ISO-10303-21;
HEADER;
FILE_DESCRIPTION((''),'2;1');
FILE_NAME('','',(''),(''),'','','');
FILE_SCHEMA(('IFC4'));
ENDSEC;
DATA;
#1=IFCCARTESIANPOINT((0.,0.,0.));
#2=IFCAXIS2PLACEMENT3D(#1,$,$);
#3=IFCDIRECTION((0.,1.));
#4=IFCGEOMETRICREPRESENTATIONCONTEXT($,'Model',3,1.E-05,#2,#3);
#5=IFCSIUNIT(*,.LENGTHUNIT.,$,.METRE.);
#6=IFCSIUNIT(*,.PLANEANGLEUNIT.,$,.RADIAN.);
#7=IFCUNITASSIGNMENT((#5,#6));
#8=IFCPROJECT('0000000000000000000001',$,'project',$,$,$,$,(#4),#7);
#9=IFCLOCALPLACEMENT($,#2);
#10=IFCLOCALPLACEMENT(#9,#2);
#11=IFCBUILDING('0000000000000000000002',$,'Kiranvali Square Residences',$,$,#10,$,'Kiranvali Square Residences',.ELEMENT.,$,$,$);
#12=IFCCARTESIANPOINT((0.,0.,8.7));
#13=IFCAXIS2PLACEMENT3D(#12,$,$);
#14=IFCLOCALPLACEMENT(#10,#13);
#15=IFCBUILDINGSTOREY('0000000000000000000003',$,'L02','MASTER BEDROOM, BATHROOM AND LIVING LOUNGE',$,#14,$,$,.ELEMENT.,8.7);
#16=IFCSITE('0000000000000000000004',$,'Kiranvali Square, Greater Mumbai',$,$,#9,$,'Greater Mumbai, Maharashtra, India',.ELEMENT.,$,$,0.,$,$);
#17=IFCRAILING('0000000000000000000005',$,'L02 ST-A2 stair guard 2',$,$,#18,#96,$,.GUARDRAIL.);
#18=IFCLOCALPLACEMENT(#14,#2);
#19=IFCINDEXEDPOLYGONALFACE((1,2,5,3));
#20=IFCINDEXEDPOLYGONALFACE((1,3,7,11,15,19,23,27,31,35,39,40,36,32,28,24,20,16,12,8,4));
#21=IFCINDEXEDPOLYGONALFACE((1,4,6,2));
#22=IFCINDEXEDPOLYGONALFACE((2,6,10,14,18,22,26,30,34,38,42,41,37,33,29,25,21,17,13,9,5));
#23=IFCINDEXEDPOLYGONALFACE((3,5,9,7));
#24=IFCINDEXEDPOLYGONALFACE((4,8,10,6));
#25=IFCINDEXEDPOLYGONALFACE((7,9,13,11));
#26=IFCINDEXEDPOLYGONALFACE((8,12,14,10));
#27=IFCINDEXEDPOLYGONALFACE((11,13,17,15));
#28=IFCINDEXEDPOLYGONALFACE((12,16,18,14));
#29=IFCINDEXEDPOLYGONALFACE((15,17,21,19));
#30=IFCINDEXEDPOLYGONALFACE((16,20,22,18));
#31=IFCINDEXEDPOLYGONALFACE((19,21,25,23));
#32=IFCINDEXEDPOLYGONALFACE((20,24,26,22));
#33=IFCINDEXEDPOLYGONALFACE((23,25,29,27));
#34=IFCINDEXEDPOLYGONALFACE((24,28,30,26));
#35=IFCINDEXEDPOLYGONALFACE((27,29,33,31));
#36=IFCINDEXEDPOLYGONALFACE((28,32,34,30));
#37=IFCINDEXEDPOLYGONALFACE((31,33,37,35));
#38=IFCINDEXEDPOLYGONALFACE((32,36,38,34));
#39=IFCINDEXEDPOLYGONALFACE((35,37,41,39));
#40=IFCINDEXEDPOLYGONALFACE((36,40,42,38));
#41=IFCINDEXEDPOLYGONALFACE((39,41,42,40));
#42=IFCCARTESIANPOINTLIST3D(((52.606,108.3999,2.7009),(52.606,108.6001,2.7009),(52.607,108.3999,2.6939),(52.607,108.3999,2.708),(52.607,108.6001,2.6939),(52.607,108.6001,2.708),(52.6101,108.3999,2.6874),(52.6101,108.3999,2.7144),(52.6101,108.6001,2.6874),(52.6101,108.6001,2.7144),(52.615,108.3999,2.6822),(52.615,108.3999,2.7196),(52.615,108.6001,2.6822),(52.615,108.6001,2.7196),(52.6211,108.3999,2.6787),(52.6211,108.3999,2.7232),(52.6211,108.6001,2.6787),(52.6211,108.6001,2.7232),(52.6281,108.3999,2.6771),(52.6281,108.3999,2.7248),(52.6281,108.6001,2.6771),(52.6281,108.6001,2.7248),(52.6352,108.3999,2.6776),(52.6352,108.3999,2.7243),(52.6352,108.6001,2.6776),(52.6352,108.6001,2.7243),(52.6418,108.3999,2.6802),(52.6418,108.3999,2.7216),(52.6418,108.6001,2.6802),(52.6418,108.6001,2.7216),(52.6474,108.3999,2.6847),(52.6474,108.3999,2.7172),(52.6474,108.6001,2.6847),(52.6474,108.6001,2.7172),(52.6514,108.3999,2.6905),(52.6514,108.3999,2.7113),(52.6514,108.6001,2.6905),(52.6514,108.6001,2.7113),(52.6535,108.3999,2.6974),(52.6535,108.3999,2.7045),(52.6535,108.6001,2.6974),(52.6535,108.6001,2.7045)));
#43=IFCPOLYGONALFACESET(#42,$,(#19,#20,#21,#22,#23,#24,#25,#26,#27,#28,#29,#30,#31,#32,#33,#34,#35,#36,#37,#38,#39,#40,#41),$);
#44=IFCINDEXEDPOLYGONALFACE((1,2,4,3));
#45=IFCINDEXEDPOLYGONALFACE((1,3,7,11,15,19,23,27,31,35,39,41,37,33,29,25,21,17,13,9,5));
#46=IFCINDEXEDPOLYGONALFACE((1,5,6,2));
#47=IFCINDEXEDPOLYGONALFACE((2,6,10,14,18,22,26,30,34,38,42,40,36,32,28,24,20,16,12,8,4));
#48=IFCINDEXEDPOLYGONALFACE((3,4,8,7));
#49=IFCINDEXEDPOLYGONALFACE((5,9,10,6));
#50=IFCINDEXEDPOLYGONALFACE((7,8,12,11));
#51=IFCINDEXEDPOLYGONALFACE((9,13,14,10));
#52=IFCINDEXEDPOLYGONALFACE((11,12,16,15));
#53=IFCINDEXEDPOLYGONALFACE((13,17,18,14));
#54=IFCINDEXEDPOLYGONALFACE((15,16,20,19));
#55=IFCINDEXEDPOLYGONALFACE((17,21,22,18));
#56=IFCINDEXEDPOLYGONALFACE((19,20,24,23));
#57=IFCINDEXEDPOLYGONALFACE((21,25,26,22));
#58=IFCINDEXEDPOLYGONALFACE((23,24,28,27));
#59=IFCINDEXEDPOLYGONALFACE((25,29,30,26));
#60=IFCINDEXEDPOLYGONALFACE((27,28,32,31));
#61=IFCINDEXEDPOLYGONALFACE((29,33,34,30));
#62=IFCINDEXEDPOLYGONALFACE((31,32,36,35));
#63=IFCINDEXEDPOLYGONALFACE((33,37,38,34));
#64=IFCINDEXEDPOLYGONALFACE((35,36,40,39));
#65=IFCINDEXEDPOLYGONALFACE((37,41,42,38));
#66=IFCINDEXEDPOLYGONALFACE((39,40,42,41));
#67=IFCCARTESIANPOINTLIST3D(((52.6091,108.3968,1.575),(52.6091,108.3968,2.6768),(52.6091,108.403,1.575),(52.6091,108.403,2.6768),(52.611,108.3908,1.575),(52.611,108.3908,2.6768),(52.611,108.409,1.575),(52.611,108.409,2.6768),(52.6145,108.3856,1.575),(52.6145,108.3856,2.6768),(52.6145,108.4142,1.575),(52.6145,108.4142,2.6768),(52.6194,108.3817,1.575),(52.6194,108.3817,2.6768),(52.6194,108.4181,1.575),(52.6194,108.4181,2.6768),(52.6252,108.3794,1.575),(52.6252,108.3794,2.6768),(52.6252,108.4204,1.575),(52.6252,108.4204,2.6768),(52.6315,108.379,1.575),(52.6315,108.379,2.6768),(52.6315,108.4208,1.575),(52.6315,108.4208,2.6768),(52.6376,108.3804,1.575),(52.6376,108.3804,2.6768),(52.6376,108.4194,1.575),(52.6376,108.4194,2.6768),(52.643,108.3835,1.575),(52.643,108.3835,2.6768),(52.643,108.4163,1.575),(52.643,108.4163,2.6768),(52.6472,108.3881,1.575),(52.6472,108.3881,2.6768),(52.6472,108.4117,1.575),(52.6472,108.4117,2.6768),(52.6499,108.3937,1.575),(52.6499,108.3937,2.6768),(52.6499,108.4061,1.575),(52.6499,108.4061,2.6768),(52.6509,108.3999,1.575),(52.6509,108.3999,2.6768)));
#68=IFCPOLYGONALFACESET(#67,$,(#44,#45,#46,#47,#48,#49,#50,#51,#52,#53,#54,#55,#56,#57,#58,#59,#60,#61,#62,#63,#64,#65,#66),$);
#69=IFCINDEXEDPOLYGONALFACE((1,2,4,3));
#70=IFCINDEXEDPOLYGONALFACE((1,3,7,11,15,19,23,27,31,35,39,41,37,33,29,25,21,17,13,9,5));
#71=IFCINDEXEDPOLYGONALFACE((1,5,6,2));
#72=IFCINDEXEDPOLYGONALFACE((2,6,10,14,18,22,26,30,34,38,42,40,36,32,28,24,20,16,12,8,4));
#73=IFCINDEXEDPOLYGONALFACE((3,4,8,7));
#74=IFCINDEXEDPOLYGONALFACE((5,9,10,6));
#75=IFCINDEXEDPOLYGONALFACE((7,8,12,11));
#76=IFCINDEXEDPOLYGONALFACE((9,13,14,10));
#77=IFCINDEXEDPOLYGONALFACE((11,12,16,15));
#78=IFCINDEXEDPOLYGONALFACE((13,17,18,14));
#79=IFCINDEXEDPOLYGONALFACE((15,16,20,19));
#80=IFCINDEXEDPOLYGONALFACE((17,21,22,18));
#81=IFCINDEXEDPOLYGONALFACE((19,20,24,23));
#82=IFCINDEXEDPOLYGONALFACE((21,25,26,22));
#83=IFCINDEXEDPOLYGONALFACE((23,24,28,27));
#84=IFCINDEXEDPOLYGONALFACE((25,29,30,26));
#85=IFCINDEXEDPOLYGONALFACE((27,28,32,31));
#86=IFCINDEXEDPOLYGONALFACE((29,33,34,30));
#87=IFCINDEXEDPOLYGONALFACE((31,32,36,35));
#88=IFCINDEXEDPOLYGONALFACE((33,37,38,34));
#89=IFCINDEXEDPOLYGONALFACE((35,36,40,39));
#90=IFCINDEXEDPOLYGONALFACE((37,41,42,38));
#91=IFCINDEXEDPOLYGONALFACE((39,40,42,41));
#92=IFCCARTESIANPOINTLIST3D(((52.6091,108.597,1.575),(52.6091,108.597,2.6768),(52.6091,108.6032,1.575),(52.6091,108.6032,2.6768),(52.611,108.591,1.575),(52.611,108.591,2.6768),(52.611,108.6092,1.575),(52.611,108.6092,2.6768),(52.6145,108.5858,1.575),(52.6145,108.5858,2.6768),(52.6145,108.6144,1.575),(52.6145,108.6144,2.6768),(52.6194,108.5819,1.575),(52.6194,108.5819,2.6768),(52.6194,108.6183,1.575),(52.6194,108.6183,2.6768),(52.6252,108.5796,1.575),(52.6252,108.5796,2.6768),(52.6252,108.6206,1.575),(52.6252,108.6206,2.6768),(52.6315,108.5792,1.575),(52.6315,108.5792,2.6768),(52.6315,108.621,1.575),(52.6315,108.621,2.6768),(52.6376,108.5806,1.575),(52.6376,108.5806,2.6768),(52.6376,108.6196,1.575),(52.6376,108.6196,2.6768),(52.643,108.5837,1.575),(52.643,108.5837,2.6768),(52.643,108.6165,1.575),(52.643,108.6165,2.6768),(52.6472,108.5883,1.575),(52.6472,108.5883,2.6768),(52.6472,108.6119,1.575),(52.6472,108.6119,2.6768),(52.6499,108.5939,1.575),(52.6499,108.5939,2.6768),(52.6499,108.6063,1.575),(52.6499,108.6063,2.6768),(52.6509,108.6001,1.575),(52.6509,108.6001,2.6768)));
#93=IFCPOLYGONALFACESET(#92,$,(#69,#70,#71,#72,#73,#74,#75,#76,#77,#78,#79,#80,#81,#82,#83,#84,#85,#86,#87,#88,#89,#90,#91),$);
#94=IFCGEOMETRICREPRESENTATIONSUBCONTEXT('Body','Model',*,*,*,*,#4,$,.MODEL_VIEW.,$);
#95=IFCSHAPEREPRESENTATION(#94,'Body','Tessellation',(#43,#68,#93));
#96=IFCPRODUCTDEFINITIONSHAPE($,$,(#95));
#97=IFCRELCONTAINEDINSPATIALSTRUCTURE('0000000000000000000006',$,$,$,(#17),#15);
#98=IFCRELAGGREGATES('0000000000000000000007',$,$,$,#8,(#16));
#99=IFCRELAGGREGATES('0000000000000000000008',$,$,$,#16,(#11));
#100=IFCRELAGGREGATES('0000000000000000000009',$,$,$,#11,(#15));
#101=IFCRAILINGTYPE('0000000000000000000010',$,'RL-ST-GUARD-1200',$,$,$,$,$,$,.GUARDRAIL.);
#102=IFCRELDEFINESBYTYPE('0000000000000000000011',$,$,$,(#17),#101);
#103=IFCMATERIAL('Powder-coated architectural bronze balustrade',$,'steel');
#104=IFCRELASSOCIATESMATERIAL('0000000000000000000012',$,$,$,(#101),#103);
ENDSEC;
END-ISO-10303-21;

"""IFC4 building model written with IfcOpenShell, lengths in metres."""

from ifc_helpers import new_model, si_unit, direction, frame, origin, origin_2d, place, context, subcontext, project, spatial, circle, extrude, material, type_object, element, save


model = new_model("IFC4")

# Units and contexts
model_context = context("Model", 3, precision=1e-05, world=origin(), true_north=direction((0.0, 1.0)))
body_context = subcontext(model_context, "Body", "Model", "MODEL_VIEW")
ifc_project = project(units=[si_unit("LENGTHUNIT", "METRE"), si_unit("PLANEANGLEUNIT", "RADIAN")], contexts=[model_context])

# Site, building, storey
site_placement = place(None, origin())
site = spatial("IfcSite", under=ifc_project, at=site_placement, Name="Kiranvali Square, Greater Mumbai", LongName="Greater Mumbai, Maharashtra, India", CompositionType="ELEMENT", RefElevation=0.0)
building_placement = place(site_placement, origin())
building = spatial("IfcBuilding", under=site, at=building_placement, Name="Kiranvali Square Residences", LongName="Kiranvali Square Residences", CompositionType="ELEMENT")
storey_placement = place(building_placement, frame((0.0, 0.0, 8.7)))
storey = spatial("IfcBuildingStorey", under=building, at=storey_placement, Name="L02", Description="MASTER BEDROOM, BATHROOM AND LIVING LOUNGE", CompositionType="ELEMENT", Elevation=8.7)

# Railing
ifc_material_1 = material(Name="Powder-coated architectural bronze balustrade", Category="steel")
railing_type_1 = type_object("IfcRailingType", Name="RL-ST-GUARD-1200", PredefinedType="GUARDRAIL", material=ifc_material_1)
railing_1_placement = place(storey_placement, frame((52.6299, 108.3999, 1.575)))
element("IfcRailing", 1, at=railing_1_placement, inside=storey, type_object=railing_type_1, Name="L02 ST-A2 stair guard 2", PredefinedType="GUARDRAIL", context=body_context, shape_type="SweptSolid", body=[
    extrude(circle(Radius=0.0239, at=origin_2d()), frame((0.0, 0.0, 1.126), z_axis=(0.0, 1.0, 0.0), x_axis=(-1.0, 0.0, 0.0)), (0.0, 0.0, 1.0), 0.2002),
    extrude(circle(Radius=0.021, at=origin_2d()), origin(), (0.0, 0.0, 1.0), 1.1018),
    extrude(circle(Radius=0.021, at=origin_2d()), frame((0.0, 0.2002, 0.0)), (0.0, 0.0, 1.0), 1.1018),
])

save(model, "model.ifc")
